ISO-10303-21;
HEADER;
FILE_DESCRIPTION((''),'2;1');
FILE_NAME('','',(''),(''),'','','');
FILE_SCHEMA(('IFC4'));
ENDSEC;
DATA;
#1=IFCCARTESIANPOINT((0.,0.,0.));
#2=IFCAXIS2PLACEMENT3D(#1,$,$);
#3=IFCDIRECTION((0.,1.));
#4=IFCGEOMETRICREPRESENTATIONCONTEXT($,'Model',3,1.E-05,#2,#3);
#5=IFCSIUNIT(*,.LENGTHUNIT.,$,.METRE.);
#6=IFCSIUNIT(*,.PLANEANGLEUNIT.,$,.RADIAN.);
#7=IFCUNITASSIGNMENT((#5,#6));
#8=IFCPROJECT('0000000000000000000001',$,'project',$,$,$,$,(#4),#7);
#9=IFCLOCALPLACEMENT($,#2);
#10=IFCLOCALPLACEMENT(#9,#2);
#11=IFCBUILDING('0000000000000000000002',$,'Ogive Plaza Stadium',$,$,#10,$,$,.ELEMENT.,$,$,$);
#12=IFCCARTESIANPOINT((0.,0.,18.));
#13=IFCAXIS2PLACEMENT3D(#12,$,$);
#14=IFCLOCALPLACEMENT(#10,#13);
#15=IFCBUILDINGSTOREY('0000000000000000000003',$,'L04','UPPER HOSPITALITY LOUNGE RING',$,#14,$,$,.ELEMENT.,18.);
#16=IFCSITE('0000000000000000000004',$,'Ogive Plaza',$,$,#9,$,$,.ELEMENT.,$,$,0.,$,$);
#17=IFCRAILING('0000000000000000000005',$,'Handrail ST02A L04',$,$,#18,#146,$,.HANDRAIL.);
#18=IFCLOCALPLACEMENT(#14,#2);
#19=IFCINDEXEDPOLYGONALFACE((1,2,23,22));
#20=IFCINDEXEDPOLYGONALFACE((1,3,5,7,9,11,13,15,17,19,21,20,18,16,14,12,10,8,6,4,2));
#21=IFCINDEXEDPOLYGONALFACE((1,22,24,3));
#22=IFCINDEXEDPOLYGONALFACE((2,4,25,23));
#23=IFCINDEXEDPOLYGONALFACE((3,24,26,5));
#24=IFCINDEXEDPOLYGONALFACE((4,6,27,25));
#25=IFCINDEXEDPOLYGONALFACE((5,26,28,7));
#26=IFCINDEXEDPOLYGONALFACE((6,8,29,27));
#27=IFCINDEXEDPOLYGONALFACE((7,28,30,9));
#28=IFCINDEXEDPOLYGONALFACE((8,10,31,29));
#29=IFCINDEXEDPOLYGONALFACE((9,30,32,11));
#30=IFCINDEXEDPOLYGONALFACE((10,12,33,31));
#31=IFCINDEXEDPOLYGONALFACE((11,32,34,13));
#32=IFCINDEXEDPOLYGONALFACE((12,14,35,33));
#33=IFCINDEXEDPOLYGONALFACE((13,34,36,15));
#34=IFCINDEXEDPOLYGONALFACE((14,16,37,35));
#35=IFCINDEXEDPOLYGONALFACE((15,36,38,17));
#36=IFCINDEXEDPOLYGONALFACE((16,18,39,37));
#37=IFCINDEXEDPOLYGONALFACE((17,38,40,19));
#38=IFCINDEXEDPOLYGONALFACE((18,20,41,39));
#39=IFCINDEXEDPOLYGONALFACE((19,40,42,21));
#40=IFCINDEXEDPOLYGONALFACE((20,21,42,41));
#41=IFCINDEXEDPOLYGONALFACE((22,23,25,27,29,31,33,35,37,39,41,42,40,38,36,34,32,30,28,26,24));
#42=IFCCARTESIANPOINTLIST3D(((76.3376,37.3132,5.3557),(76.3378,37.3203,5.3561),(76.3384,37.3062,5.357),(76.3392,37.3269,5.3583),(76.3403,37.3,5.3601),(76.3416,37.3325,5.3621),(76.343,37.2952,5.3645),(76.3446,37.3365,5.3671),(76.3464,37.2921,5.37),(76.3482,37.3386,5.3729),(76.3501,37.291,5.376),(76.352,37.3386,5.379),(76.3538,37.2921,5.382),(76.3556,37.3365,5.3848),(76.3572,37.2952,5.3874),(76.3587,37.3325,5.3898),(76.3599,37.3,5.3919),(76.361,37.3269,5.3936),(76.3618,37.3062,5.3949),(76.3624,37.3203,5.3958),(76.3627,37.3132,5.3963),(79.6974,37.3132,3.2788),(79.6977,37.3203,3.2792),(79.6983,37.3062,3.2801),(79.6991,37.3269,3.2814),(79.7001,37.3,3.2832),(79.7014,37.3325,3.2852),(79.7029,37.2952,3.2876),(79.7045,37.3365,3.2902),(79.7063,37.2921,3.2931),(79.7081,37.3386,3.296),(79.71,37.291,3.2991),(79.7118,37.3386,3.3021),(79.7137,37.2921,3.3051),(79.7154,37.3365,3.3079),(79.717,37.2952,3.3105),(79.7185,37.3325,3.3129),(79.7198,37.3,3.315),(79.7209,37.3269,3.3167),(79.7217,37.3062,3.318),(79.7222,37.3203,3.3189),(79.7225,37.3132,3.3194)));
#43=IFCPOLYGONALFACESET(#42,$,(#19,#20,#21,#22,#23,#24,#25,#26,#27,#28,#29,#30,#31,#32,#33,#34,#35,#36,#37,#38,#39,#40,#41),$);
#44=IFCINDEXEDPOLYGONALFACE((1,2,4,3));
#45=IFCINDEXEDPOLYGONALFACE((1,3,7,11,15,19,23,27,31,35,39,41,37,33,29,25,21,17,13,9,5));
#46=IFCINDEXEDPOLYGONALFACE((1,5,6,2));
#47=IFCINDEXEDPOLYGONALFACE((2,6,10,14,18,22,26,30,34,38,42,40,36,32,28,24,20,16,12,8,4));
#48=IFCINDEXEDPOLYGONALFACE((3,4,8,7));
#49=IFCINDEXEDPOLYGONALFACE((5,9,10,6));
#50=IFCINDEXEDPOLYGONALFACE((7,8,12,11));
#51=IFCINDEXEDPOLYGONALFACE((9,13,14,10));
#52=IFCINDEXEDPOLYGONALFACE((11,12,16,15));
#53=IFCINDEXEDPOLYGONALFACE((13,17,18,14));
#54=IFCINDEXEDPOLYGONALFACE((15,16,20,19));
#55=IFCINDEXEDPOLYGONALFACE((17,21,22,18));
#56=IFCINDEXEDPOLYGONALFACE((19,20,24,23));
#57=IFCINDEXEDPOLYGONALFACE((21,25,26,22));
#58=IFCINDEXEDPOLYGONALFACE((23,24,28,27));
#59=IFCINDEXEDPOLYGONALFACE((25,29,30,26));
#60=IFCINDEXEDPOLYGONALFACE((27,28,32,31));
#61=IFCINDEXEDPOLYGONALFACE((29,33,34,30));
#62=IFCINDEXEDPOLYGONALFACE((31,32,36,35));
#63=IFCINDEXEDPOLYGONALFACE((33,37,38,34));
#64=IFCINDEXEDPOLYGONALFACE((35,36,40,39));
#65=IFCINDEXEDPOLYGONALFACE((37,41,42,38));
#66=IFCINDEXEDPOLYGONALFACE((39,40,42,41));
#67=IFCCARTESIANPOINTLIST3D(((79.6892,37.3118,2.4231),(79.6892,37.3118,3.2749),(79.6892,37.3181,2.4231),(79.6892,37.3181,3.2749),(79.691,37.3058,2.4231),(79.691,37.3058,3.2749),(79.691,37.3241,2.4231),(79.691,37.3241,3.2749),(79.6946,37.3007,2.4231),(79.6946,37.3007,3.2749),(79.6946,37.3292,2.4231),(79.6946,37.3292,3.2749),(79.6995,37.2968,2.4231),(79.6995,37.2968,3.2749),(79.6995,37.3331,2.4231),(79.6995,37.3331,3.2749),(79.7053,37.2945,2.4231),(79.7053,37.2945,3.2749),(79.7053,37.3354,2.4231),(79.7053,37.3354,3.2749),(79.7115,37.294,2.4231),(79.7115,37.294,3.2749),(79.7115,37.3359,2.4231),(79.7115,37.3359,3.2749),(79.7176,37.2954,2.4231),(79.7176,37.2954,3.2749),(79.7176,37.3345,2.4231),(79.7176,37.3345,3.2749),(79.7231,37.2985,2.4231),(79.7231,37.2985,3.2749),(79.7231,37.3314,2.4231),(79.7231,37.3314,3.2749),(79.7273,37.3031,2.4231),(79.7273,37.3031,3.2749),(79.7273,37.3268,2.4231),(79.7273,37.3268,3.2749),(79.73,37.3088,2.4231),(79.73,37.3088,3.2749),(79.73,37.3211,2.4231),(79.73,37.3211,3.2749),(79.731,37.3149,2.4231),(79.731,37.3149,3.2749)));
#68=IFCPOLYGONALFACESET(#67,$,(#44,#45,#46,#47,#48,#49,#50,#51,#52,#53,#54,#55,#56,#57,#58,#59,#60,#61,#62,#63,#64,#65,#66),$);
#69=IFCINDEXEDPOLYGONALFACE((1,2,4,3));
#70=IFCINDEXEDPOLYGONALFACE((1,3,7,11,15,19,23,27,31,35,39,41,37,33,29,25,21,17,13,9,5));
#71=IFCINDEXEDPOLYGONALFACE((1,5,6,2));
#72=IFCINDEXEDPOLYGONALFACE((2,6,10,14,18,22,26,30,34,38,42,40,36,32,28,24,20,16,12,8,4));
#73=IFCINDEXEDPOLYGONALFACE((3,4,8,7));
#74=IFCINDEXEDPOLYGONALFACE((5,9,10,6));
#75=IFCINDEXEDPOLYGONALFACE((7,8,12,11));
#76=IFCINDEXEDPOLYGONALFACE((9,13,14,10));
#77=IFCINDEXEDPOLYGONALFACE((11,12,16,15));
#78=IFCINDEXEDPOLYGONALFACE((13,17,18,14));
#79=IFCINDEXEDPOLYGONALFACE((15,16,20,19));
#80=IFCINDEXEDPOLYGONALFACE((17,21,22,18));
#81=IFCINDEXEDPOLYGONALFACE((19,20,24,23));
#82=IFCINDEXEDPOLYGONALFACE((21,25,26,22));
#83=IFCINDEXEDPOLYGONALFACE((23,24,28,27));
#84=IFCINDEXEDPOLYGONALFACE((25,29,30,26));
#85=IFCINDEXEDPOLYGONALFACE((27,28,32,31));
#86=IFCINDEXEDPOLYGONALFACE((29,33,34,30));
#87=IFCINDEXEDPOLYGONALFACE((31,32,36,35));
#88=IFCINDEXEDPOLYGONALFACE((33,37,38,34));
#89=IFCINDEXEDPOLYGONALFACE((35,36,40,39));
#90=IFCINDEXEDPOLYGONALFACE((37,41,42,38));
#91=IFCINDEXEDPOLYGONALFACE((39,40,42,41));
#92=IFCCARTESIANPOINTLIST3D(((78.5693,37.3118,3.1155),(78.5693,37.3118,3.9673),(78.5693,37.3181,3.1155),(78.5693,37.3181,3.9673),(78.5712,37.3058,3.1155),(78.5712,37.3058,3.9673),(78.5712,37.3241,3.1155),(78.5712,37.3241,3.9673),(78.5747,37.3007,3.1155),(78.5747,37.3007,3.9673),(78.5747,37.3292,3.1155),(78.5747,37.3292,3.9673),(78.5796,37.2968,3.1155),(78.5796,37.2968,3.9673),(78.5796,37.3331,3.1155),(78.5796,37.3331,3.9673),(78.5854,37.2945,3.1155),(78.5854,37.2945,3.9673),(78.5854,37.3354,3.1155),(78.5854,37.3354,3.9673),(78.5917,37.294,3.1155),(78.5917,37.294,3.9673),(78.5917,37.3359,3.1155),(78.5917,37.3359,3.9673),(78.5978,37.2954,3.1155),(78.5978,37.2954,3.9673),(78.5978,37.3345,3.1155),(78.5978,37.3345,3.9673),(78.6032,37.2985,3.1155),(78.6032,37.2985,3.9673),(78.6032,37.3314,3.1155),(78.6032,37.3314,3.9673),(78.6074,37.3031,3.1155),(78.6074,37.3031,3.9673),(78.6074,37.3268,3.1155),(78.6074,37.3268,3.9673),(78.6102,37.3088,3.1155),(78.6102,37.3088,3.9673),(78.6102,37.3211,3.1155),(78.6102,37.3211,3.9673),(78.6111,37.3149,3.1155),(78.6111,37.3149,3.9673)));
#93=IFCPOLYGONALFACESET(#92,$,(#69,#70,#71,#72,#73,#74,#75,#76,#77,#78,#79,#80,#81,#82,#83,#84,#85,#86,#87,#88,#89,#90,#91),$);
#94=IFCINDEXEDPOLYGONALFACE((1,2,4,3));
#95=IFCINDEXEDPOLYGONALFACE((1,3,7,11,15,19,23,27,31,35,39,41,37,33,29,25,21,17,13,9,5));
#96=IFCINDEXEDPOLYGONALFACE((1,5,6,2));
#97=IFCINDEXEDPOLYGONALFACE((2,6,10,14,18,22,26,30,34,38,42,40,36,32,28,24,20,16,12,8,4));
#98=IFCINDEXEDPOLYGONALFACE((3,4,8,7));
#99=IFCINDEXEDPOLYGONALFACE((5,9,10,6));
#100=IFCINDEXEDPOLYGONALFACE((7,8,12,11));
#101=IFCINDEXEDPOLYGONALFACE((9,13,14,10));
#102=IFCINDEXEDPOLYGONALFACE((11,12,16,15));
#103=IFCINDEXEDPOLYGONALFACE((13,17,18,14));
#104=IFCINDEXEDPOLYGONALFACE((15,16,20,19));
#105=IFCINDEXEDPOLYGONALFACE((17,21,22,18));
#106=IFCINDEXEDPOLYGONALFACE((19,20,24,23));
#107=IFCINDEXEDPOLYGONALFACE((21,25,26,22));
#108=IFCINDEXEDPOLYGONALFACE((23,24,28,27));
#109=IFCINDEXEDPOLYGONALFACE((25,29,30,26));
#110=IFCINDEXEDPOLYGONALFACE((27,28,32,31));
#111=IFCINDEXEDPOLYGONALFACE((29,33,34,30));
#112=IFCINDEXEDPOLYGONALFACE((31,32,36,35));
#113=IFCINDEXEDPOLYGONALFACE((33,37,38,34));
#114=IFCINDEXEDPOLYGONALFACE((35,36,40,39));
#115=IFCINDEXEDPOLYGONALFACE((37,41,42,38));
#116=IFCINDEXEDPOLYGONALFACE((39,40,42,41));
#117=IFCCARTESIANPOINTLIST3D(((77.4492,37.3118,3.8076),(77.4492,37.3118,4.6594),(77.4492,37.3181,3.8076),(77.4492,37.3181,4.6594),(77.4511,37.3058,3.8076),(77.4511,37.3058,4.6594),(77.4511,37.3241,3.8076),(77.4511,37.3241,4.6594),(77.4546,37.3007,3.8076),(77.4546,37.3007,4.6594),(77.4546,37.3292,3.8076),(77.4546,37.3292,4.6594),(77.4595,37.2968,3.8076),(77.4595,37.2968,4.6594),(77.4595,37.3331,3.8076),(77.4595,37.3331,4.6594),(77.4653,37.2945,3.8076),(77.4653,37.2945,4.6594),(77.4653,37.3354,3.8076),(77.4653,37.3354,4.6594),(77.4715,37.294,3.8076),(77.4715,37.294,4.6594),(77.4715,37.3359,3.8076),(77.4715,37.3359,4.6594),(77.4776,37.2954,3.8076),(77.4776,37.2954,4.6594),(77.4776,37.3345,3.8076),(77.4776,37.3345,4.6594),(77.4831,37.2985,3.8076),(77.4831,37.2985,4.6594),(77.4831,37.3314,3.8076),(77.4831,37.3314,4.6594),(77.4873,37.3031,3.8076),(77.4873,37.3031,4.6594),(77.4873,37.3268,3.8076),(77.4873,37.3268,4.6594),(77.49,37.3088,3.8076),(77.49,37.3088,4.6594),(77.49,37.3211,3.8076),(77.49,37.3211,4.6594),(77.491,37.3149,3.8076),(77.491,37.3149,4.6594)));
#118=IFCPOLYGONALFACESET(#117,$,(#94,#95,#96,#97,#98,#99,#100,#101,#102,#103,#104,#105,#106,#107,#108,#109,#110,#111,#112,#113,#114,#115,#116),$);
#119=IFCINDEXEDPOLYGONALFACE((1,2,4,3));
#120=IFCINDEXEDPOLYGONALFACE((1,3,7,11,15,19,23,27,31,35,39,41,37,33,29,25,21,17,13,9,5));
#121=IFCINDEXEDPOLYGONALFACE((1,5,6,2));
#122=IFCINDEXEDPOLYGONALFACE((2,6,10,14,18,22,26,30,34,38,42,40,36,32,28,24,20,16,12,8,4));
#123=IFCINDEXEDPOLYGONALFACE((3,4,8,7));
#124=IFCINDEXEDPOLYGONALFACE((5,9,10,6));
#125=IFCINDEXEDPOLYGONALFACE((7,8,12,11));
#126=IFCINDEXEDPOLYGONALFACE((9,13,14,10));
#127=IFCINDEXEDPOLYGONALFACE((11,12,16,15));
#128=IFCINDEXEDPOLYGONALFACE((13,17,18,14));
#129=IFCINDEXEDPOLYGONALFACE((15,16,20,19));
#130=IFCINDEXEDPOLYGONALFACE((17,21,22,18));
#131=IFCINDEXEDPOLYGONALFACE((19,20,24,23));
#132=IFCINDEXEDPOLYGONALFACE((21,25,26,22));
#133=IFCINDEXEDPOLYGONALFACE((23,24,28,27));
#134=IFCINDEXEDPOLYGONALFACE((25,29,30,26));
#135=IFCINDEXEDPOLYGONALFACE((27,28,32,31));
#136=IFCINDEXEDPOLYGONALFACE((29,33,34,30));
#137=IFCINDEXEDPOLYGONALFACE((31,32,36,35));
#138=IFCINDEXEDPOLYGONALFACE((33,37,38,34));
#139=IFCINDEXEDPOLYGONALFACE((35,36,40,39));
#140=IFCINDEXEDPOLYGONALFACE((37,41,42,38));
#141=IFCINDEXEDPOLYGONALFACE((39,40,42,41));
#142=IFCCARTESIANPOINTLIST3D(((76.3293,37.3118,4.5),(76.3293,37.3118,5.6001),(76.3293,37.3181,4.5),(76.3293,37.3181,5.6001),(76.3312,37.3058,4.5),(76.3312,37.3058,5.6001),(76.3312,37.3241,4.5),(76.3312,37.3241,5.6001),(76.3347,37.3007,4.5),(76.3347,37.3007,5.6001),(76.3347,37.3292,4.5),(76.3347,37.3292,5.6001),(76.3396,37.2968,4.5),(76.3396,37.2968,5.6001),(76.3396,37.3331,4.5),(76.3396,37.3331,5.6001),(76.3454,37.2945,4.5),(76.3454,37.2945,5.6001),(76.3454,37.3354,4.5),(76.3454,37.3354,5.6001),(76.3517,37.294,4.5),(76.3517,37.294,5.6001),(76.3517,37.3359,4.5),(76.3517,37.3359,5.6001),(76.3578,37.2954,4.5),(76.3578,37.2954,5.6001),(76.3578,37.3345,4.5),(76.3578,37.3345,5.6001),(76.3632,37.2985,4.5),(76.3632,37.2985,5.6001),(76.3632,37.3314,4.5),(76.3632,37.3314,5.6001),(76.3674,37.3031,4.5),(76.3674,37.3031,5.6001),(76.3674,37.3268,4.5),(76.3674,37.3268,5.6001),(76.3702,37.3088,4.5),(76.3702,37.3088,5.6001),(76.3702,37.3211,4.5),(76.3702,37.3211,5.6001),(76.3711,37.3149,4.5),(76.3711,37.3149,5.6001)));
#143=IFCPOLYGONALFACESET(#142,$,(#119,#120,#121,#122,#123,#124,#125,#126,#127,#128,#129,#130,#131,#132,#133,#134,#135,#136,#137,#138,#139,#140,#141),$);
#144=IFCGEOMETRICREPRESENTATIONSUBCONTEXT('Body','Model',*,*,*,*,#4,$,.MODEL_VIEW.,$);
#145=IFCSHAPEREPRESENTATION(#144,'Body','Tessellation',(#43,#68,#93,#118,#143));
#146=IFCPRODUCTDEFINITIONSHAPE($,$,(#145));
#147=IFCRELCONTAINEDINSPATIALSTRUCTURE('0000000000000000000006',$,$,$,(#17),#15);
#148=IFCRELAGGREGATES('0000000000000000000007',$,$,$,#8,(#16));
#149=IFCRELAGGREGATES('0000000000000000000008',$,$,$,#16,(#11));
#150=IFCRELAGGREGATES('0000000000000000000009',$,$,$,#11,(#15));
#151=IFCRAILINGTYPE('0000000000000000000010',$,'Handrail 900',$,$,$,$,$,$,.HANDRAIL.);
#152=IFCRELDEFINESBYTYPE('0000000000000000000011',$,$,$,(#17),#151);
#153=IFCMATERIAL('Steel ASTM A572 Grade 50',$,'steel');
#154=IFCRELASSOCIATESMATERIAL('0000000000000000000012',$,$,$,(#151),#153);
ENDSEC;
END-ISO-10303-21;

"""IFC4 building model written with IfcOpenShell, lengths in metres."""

from ifc_helpers import new_model, si_unit, direction, frame, origin, origin_2d, place, context, subcontext, project, spatial, circle, extrude, material, type_object, element, save


model = new_model("IFC4")

# Units and contexts
model_context = context("Model", 3, precision=1e-05, world=origin(), true_north=direction((0.0, 1.0)))
body_context = subcontext(model_context, "Body", "Model", "MODEL_VIEW")
ifc_project = project(units=[si_unit("LENGTHUNIT", "METRE"), si_unit("PLANEANGLEUNIT", "RADIAN")], contexts=[model_context])

# Site, building, storey
site_placement = place(None, origin())
site = spatial("IfcSite", under=ifc_project, at=site_placement, Name="Ogive Plaza", CompositionType="ELEMENT", RefElevation=0.0)
building_placement = place(site_placement, origin())
building = spatial("IfcBuilding", under=site, at=building_placement, Name="Ogive Plaza Stadium", CompositionType="ELEMENT")
storey_placement = place(building_placement, frame((0.0, 0.0, 18.0)))
storey = spatial("IfcBuildingStorey", under=building, at=storey_placement, Name="L04", Description="UPPER HOSPITALITY LOUNGE RING", CompositionType="ELEMENT", Elevation=18.0)

# Railing
ifc_material_1 = material(Name="Steel ASTM A572 Grade 50", Category="steel")
railing_type_1 = type_object("IfcRailingType", Name="Handrail 900", PredefinedType="HANDRAIL", material=ifc_material_1)
for number, where, name in (
    (1, (79.71, 37.3149, 2.4231), "Handrail ST02A L04"),
):
    element("IfcRailing", number, at=place(storey_placement, frame(where)), inside=storey, type_object=railing_type_1, Name=name, PredefinedType="HANDRAIL", context=body_context, shape_type="SweptSolid", body=[
        extrude(circle(Radius=0.0239, at=origin_2d()), frame((0.0, 0.0, 0.876), z_axis=(-0.850606, 0.0, 0.525803), x_axis=(0.0, -1.0, 0.0)), (0.0, 0.0, 1.0), 3.95),
        extrude(circle(Radius=0.021, at=origin_2d()), origin(), (0.0, 0.0, 1.0), 0.8518),
        extrude(circle(Radius=0.021, at=origin_2d()), frame((-1.1199, 0.0, 0.6924)), (0.0, 0.0, 1.0), 0.8518),
        extrude(circle(Radius=0.021, at=origin_2d()), frame((-2.24, 0.0, 1.3845)), (0.0, 0.0, 1.0), 0.8518),
        extrude(circle(Radius=0.021, at=origin_2d()), frame((-3.3599, 0.0, 2.0769)), (0.0, 0.0, 1.0), 1.1001),
    ])

save(model, "model.ifc")
